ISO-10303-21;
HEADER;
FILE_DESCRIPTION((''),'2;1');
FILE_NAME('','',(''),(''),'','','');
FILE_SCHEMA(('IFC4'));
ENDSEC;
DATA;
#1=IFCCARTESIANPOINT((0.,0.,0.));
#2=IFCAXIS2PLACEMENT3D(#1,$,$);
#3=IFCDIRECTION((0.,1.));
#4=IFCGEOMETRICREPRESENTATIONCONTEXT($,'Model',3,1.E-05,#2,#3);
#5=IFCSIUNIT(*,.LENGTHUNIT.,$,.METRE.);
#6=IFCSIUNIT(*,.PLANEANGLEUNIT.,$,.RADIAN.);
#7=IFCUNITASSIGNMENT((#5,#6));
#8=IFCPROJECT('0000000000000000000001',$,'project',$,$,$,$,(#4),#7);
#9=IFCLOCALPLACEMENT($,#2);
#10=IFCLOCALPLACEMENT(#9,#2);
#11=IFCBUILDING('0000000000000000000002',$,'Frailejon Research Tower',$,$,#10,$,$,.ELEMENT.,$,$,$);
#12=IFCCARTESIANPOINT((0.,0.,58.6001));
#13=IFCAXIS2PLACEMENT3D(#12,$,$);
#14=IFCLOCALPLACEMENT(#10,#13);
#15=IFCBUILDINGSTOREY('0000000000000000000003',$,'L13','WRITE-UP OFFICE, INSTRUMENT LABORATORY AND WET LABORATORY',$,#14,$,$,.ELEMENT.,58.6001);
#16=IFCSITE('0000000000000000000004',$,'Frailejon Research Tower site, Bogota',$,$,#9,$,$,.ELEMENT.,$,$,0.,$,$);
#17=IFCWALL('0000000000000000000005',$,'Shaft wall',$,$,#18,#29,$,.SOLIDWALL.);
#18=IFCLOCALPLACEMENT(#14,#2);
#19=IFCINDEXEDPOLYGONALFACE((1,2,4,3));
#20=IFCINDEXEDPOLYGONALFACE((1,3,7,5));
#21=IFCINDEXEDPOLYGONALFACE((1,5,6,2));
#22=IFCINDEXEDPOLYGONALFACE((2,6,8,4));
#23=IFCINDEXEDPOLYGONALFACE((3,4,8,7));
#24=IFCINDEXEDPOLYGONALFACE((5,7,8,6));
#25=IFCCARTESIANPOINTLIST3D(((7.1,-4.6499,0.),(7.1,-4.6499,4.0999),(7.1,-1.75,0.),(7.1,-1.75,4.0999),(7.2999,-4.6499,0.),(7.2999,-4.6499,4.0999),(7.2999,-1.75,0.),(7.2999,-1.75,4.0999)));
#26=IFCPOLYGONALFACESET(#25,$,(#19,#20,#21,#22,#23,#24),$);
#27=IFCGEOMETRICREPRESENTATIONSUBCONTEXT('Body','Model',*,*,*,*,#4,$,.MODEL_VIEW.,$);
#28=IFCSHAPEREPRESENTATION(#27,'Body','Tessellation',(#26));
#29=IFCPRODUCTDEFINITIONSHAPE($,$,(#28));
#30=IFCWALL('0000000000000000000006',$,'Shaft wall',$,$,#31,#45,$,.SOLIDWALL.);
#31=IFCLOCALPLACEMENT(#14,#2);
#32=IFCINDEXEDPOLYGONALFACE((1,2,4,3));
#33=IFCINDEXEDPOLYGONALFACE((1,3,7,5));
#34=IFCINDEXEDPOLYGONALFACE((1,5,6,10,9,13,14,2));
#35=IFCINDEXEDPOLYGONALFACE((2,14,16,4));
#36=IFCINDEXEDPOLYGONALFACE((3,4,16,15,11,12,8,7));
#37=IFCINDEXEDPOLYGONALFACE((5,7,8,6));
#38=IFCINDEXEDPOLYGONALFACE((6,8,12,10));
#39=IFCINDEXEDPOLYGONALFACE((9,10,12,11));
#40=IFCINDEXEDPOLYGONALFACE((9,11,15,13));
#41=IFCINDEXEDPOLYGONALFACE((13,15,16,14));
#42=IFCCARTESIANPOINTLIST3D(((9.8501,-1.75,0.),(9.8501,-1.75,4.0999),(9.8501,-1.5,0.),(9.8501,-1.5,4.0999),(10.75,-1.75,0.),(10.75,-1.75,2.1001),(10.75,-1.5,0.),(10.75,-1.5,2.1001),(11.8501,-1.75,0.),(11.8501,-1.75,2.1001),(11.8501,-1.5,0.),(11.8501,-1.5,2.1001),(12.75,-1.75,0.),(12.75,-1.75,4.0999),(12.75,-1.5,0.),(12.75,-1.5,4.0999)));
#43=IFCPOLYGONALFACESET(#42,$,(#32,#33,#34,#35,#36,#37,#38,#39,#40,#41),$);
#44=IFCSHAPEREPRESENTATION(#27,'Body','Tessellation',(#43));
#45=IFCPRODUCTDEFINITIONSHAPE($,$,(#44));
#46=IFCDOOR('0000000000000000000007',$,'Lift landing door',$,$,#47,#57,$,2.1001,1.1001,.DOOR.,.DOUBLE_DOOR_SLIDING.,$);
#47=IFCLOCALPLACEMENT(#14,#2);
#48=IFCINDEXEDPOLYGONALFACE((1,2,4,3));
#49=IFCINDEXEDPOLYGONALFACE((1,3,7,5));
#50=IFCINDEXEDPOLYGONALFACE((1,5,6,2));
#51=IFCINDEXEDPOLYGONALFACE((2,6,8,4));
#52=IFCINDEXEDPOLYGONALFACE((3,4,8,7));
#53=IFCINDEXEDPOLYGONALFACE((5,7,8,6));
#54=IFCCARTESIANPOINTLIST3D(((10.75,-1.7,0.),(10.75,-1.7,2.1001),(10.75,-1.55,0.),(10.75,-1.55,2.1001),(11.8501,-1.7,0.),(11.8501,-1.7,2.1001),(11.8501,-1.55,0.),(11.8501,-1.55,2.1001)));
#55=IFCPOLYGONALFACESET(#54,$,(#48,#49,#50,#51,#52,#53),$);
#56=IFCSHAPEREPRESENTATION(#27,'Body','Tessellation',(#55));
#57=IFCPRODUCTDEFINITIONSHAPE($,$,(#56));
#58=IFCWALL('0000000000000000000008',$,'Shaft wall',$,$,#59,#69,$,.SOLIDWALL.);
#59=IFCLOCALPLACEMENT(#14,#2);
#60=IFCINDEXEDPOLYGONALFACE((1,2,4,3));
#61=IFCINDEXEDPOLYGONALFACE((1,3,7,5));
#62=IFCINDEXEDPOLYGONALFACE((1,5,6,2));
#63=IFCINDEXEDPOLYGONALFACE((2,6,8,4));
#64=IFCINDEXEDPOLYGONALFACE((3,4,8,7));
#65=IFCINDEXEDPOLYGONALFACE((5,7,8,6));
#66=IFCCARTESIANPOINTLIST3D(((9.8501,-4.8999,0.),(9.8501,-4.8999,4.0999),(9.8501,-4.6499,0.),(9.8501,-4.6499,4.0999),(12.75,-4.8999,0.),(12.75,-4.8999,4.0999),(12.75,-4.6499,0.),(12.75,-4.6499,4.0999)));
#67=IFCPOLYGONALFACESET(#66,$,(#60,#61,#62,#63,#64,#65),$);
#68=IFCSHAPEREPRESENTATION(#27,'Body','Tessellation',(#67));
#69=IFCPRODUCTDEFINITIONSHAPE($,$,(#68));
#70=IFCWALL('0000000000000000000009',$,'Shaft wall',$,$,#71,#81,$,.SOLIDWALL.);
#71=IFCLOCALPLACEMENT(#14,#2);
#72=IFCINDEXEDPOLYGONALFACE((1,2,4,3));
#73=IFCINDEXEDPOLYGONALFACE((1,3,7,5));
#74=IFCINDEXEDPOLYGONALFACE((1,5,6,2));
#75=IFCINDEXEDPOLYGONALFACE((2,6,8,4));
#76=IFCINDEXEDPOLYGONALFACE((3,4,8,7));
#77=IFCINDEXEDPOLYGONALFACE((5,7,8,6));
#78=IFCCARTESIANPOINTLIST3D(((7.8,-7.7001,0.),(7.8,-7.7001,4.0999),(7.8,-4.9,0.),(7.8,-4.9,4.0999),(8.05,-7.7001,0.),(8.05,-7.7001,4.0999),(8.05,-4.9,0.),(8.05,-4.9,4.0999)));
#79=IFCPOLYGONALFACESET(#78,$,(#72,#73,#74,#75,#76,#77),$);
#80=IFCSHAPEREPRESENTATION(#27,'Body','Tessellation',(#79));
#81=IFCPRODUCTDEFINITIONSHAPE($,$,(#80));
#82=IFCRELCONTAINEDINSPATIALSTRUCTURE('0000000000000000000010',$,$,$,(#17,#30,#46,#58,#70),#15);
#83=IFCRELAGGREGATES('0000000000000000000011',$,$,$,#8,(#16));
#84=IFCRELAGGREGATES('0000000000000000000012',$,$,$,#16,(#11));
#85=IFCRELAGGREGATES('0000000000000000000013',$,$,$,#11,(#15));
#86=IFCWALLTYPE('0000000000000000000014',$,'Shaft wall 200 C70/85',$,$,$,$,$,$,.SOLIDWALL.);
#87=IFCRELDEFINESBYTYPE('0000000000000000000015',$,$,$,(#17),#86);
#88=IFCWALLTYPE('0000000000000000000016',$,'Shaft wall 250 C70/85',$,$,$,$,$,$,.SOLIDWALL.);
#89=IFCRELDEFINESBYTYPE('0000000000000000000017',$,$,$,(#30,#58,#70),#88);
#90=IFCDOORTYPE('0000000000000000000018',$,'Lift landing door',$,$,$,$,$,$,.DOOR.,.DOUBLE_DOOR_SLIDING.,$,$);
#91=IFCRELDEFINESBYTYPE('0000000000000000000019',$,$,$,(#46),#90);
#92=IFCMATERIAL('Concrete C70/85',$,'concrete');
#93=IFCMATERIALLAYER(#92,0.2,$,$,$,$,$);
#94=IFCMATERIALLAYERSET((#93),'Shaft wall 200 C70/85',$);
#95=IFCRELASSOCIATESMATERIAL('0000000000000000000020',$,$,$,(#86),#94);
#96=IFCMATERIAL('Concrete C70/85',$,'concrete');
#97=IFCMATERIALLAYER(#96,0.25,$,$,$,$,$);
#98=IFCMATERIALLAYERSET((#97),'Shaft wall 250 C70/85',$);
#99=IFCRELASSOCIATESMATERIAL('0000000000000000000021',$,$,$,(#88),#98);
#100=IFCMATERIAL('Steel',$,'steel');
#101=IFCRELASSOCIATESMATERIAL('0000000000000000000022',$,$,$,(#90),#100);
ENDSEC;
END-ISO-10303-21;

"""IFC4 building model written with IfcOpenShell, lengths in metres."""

from ifc_helpers import new_model, si_unit, direction, frame, frame_2d, origin, place, context, subcontext, project, spatial, rectangle, extrude, material, layer, layer_set, type_object, element, fill, save


model = new_model("IFC4")

# Units and contexts
model_context = context("Model", 3, precision=1e-05, world=origin(), true_north=direction((0.0, 1.0)))
body_context = subcontext(model_context, "Body", "Model", "MODEL_VIEW")
ifc_project = project(units=[si_unit("LENGTHUNIT", "METRE"), si_unit("PLANEANGLEUNIT", "RADIAN")], contexts=[model_context])

# Site, building, storey
site_placement = place(None, origin())
site = spatial("IfcSite", under=ifc_project, at=site_placement, Name="Frailejon Research Tower site, Bogota", CompositionType="ELEMENT", RefElevation=0.0)
building_placement = place(site_placement, origin())
building = spatial("IfcBuilding", under=site, at=building_placement, Name="Frailejon Research Tower", CompositionType="ELEMENT")
storey_placement = place(building_placement, frame((0.0, 0.0, 58.6001)))
storey = spatial("IfcBuildingStorey", under=building, at=storey_placement, Name="L13", Description="WRITE-UP OFFICE, INSTRUMENT LABORATORY AND WET LABORATORY", CompositionType="ELEMENT", Elevation=58.6001)

# Wall
ifc_material_1 = material(Name="Concrete C70/85", Category="concrete")
ifc_layer_1 = layer(ifc_material_1, 0.2)
ifc_layer_set_1 = layer_set([ifc_layer_1], Name="Shaft wall 200 C70/85")
wall_type_1 = type_object("IfcWallType", Name="Shaft wall 200 C70/85", PredefinedType="SOLIDWALL", material=ifc_layer_set_1)
for number, where, z_axis, x_axis, name in (
    (1, (7.2, -4.6499, 0.0), (0.0, 0.0, 1.0), (0.0, 1.0, 0.0), "Shaft wall"),
):
    element("IfcWall", number, at=place(storey_placement, frame(where, z_axis=z_axis, x_axis=x_axis)), inside=storey, type_object=wall_type_1, Name=name, PredefinedType="SOLIDWALL", context=body_context, shape_type="SweptSolid", body=[
        extrude(rectangle(XDim=2.8999, YDim=0.2, at=frame_2d((1.45, 0.0))), origin(), (0.0, 0.0, 1.0), 4.0999),
    ])

# Wall, opening, door
ifc_material_2 = material(Name="Concrete C70/85", Category="concrete")
ifc_layer_2 = layer(ifc_material_2, 0.25)
ifc_layer_set_2 = layer_set([ifc_layer_2], Name="Shaft wall 250 C70/85")
wall_type_2 = type_object("IfcWallType", Name="Shaft wall 250 C70/85", PredefinedType="SOLIDWALL", material=ifc_layer_set_2)
wall_1_placement = place(storey_placement, frame((9.8501, -1.625, 0.0), z_axis=(0.0, 0.0, 1.0), x_axis=(1.0, 0.0, 0.0)))
wall_1 = element("IfcWall", 2, at=wall_1_placement, inside=storey, type_object=wall_type_2, Name="Shaft wall", PredefinedType="SOLIDWALL", context=body_context, shape_type="SweptSolid", body=[
    extrude(rectangle(XDim=2.8999, YDim=0.25, at=frame_2d((1.45, 0.0))), origin(), (0.0, 0.0, 1.0), 4.0999),
])
opening_1_placement = place(wall_1_placement, frame((0.8999, 0.0, 0.0)))
opening_1 = element("IfcOpeningElement", 3, at=opening_1_placement, cuts=wall_1, PredefinedType="OPENING", context=body_context, shape_type="SweptSolid", body=[
    extrude(rectangle(XDim=1.1001, YDim=2.1001, at=frame_2d((0.55, 1.05))), frame((0.0, 0.135, 0.0), z_axis=(0.0, -1.0, 0.0), x_axis=(1.0, 0.0, 0.0)), (0.0, 0.0, 1.0), 0.27),
])
ifc_material_3 = material(Name="Steel", Category="steel")
door_type_1 = type_object("IfcDoorType", Name="Lift landing door", OperationType="DOUBLE_DOOR_SLIDING", PredefinedType="DOOR", material=ifc_material_3)
door_1_placement = place(opening_1_placement, origin())
door_1 = element("IfcDoor", 4, at=door_1_placement, inside=storey, type_object=door_type_1, Name="Lift landing door", OperationType="DOUBLE_DOOR_SLIDING", OverallHeight=2.1001, OverallWidth=1.1001, PredefinedType="DOOR", context=body_context, shape_type="SweptSolid", body=[
    extrude(rectangle(XDim=1.1001, YDim=2.1001, at=frame_2d((0.55, 1.05))), frame((0.0, 0.075, 0.0), z_axis=(0.0, -1.0, 0.0), x_axis=(1.0, 0.0, 0.0)), (0.0, 0.0, 1.0), 0.1499),
])
fill(opening_1, door_1)

# Walls
wall_2_placement = place(storey_placement, frame((9.8501, -4.7749, 0.0), z_axis=(0.0, 0.0, 1.0), x_axis=(1.0, 0.0, 0.0)))
element("IfcWall", 5, at=wall_2_placement, inside=storey, type_object=wall_type_2, Name="Shaft wall", PredefinedType="SOLIDWALL", context=body_context, shape_type="SweptSolid", body=[
    extrude(rectangle(XDim=2.8999, YDim=0.25, at=frame_2d((1.45, 0.0))), origin(), (0.0, 0.0, 1.0), 4.0999),
])
wall_3_placement = place(storey_placement, frame((7.925, -7.7, 0.0), z_axis=(0.0, 0.0, 1.0), x_axis=(0.0, 1.0, 0.0)))
element("IfcWall", 6, at=wall_3_placement, inside=storey, type_object=wall_type_2, Name="Shaft wall", PredefinedType="SOLIDWALL", context=body_context, shape_type="SweptSolid", body=[
    extrude(rectangle(XDim=2.8, YDim=0.25, at=frame_2d((1.3999, 0.0))), origin(), (0.0, 0.0, 1.0), 4.0999),
])

save(model, "model.ifc")
